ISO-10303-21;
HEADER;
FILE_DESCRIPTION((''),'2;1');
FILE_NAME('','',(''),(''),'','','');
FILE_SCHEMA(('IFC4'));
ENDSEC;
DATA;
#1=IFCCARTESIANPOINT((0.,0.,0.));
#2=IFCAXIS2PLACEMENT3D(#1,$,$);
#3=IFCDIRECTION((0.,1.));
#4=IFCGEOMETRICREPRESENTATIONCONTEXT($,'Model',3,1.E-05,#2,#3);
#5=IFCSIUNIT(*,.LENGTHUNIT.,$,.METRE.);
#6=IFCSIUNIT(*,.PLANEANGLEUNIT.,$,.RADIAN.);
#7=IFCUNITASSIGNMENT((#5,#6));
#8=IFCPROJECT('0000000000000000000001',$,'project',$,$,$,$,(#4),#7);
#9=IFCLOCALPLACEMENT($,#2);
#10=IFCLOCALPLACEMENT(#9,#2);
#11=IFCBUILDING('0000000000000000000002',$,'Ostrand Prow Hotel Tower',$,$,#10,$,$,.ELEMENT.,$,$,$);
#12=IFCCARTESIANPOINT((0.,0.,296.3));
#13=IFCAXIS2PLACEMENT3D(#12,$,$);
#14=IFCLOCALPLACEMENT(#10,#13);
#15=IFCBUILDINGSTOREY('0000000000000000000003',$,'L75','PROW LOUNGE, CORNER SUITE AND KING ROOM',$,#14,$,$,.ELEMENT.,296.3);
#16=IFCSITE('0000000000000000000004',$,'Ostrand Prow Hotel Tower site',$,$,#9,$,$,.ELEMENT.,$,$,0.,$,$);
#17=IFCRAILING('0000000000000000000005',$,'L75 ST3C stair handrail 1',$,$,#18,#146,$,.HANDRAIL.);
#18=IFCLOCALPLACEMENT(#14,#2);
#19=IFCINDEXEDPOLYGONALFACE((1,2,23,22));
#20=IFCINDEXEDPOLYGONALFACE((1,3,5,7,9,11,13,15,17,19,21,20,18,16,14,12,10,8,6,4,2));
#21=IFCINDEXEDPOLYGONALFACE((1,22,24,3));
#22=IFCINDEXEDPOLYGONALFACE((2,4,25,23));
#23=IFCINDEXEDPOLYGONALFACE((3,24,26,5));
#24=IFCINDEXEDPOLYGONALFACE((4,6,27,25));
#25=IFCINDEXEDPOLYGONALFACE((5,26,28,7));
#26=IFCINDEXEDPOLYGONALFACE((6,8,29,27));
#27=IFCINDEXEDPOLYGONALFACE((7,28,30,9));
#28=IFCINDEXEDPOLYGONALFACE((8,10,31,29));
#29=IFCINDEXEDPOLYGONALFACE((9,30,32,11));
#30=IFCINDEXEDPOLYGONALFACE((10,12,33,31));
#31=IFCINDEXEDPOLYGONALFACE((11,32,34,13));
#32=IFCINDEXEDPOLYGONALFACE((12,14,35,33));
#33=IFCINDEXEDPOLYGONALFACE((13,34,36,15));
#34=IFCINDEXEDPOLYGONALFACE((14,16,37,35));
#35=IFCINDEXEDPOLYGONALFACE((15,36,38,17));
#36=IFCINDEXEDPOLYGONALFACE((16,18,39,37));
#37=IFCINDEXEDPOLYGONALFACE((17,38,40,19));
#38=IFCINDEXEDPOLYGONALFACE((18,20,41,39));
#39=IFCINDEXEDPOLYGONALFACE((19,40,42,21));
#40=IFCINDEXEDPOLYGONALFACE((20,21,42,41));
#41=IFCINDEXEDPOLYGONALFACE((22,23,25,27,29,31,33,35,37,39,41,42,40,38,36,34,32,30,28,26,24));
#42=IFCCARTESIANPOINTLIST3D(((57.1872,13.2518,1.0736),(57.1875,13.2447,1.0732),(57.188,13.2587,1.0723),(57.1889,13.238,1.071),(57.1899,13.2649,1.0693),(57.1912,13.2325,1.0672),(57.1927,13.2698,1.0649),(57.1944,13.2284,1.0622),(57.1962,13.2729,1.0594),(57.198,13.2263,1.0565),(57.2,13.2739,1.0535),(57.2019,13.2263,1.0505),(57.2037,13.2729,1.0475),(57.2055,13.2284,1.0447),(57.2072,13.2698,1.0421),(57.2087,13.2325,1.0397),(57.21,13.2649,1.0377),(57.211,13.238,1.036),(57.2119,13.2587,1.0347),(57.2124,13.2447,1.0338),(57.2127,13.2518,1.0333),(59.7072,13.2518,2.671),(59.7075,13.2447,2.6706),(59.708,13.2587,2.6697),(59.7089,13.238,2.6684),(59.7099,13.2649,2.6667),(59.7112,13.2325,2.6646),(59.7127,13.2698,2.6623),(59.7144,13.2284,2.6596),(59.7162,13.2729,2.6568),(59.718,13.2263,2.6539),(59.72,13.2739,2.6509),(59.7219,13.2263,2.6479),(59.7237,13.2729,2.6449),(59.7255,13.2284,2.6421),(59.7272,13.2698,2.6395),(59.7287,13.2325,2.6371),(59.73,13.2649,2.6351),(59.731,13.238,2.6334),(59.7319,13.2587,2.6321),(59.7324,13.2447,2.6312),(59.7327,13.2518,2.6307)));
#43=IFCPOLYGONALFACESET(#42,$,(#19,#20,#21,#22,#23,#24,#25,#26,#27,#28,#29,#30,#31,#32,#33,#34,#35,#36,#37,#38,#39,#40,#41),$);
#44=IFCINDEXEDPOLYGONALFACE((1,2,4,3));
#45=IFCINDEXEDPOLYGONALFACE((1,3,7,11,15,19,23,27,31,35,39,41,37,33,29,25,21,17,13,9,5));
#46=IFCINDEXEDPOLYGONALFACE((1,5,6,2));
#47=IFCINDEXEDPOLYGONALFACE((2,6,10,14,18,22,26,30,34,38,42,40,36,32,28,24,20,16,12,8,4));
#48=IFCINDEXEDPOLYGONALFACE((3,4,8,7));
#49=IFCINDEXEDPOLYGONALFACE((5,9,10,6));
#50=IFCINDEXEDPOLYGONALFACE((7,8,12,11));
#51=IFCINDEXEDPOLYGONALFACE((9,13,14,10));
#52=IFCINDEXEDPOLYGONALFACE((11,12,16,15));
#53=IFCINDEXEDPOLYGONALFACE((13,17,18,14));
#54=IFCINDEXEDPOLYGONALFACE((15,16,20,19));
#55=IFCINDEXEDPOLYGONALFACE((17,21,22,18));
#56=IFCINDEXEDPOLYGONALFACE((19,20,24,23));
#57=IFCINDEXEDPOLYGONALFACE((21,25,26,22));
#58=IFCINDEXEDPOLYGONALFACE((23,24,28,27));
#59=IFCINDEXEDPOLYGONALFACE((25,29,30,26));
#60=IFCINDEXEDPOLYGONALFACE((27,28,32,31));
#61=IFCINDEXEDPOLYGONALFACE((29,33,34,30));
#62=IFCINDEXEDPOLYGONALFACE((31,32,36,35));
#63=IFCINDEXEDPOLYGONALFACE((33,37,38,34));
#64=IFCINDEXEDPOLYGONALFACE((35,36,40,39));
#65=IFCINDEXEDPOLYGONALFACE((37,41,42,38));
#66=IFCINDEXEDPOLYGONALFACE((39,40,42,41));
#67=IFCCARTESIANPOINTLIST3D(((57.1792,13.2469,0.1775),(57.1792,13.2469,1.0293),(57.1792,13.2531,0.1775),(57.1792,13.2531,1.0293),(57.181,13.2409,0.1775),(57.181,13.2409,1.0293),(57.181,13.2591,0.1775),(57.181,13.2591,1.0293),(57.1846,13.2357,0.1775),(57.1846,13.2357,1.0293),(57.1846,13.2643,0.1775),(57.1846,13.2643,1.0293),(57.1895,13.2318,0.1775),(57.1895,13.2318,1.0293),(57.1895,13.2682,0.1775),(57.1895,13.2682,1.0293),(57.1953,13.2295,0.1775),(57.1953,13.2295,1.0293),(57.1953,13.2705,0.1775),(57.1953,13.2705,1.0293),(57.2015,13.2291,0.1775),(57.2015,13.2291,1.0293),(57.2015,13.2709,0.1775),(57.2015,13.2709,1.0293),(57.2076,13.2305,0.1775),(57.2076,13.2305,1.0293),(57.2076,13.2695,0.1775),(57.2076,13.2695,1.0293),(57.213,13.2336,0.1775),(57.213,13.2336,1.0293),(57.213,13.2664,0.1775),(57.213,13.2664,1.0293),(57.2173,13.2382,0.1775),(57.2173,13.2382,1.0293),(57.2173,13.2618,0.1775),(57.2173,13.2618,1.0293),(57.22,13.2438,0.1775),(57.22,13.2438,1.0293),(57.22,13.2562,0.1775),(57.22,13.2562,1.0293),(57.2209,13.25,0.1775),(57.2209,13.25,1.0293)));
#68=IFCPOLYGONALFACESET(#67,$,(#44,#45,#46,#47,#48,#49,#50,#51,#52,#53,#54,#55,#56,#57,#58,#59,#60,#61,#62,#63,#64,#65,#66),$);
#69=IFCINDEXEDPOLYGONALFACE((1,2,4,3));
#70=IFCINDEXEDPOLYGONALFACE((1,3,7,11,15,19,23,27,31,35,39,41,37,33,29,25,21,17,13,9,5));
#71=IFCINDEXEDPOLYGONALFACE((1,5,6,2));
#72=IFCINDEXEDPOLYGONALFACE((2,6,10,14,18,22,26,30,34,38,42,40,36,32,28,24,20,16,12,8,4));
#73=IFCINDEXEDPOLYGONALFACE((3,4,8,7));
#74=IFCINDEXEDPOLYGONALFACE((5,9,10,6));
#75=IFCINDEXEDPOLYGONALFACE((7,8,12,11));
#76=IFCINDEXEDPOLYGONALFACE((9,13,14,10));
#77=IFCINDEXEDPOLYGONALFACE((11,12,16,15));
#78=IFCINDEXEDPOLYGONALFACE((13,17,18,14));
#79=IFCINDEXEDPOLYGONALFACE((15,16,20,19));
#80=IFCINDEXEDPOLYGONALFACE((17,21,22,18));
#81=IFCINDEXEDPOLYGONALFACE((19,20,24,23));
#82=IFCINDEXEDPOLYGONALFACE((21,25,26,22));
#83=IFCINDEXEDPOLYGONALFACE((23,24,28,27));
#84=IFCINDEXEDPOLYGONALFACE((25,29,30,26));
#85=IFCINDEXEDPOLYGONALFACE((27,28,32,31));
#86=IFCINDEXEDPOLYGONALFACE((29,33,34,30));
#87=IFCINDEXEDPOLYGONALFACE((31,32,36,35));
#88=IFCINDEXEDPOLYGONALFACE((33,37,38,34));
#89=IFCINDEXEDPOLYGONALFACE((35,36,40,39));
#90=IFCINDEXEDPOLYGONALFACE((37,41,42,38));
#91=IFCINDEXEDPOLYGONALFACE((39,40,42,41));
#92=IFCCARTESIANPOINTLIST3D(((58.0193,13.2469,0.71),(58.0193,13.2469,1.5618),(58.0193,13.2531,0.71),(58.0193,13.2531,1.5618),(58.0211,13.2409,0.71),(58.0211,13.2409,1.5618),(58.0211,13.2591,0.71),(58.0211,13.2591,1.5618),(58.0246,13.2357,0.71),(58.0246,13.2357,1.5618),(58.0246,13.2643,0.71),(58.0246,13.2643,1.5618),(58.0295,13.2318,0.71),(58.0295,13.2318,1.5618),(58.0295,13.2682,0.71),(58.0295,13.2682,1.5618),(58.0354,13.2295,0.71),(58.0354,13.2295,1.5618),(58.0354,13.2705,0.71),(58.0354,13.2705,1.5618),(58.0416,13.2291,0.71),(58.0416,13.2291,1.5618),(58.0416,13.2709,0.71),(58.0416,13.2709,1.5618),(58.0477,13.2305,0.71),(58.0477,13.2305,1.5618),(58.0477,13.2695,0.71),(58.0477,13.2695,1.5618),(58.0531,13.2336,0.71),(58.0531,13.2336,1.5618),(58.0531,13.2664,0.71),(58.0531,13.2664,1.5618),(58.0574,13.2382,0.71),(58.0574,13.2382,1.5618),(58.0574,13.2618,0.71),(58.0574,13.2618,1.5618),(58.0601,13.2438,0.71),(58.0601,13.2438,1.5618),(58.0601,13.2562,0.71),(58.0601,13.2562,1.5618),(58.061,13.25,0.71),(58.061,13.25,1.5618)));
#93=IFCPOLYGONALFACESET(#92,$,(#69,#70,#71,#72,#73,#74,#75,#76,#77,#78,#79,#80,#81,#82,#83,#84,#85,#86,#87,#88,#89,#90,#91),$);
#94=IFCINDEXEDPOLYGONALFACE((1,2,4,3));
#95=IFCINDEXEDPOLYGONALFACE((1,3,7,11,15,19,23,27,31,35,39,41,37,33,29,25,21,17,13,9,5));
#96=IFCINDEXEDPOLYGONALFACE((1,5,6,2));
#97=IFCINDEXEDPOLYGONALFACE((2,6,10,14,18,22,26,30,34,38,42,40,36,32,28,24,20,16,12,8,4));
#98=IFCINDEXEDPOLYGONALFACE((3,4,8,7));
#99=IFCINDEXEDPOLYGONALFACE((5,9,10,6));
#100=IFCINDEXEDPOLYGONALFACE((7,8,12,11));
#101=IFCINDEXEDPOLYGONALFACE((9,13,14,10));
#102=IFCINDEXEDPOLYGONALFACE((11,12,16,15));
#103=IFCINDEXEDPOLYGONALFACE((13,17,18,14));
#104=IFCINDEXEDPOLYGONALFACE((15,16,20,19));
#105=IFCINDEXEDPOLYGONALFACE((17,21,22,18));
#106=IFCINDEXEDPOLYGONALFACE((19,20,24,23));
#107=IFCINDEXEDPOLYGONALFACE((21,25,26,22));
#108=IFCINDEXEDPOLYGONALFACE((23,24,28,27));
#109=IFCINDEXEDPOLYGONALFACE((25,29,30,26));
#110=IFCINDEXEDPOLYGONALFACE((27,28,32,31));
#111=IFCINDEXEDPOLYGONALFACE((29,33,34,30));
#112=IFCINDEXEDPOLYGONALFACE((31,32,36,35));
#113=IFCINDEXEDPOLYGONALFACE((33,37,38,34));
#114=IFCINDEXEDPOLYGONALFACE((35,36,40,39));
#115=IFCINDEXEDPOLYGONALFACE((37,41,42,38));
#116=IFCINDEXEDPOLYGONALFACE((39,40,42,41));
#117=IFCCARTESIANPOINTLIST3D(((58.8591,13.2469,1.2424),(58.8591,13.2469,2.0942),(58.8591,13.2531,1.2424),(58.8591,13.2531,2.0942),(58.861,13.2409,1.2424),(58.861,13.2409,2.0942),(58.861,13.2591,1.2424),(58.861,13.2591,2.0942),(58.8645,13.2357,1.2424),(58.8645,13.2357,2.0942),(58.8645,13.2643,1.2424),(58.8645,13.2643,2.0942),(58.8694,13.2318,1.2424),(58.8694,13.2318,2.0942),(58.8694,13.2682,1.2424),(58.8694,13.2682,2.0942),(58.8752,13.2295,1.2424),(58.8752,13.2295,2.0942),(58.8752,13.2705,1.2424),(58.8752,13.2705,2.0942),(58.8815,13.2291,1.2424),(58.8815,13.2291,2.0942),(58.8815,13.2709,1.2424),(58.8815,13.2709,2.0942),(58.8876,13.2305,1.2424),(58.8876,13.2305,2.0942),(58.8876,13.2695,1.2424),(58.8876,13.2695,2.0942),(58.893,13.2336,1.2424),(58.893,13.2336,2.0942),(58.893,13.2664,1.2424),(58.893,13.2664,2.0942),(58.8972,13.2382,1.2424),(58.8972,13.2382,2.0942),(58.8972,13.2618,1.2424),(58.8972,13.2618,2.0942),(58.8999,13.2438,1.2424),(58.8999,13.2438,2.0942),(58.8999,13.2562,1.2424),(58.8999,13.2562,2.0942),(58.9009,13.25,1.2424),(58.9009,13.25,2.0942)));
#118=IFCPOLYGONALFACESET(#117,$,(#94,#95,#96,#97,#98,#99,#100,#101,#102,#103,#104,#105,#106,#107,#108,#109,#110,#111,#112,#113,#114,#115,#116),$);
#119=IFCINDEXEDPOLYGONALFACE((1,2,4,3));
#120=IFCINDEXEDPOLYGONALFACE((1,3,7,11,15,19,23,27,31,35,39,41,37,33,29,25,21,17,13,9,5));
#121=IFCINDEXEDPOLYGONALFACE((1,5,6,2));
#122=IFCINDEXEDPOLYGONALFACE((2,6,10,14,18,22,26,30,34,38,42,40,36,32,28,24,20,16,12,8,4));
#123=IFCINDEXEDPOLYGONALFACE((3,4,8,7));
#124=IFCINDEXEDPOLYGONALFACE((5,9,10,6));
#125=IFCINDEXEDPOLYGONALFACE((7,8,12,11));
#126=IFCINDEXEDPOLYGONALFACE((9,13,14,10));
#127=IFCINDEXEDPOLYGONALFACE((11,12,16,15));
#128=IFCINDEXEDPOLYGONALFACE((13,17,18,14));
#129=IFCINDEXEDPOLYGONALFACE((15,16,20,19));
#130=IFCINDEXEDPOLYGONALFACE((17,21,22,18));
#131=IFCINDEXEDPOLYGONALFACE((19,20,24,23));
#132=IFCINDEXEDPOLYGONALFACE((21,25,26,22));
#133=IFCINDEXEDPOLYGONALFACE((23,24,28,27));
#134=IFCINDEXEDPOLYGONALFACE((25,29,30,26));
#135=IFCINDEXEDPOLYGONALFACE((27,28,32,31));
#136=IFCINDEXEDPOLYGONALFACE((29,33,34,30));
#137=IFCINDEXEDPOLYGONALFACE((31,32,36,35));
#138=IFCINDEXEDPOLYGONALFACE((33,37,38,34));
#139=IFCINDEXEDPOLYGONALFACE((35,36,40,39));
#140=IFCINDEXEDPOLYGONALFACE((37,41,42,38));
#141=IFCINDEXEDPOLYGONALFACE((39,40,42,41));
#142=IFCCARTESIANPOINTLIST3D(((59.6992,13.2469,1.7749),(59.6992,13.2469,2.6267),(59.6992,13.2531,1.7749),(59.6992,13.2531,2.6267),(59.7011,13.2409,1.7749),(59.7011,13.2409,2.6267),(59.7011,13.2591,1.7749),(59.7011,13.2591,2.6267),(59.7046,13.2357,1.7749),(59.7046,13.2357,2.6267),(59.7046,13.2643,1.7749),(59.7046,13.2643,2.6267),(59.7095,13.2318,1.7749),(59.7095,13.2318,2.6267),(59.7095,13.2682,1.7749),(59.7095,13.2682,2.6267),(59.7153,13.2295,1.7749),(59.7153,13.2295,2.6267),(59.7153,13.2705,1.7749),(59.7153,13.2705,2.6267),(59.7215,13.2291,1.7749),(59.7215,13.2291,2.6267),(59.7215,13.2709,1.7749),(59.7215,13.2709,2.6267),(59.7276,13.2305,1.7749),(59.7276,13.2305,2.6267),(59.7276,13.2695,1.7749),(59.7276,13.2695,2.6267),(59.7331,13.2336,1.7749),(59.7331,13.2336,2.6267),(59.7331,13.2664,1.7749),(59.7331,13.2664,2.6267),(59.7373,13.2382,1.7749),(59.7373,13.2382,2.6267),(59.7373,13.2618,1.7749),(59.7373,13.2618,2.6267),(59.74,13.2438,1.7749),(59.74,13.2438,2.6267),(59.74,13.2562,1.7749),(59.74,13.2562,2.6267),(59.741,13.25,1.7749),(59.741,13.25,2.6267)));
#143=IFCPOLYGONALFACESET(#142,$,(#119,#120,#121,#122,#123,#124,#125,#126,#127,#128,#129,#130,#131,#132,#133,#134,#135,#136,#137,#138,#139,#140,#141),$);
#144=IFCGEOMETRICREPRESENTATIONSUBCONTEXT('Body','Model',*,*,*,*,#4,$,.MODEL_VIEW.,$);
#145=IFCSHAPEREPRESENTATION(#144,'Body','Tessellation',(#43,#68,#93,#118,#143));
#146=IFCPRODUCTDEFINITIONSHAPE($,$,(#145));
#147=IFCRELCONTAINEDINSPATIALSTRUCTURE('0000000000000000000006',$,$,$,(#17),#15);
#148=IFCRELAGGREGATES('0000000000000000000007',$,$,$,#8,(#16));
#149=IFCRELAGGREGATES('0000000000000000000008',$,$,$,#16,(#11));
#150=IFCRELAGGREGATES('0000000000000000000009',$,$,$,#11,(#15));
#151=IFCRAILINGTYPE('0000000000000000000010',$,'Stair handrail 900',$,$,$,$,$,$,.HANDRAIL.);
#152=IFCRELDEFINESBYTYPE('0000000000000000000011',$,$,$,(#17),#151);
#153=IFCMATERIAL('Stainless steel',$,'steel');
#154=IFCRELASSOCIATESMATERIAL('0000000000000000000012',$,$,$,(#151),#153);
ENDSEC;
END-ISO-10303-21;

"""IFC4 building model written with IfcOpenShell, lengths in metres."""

from ifc_helpers import new_model, si_unit, direction, frame, origin, origin_2d, place, context, subcontext, project, spatial, circle, extrude, material, type_object, element, save


model = new_model("IFC4")

# Units and contexts
model_context = context("Model", 3, precision=1e-05, world=origin(), true_north=direction((0.0, 1.0)))
body_context = subcontext(model_context, "Body", "Model", "MODEL_VIEW")
ifc_project = project(units=[si_unit("LENGTHUNIT", "METRE"), si_unit("PLANEANGLEUNIT", "RADIAN")], contexts=[model_context])

# Site, building, storey
site_placement = place(None, origin())
site = spatial("IfcSite", under=ifc_project, at=site_placement, Name="Ostrand Prow Hotel Tower site", CompositionType="ELEMENT", RefElevation=0.0)
building_placement = place(site_placement, origin())
building = spatial("IfcBuilding", under=site, at=building_placement, Name="Ostrand Prow Hotel Tower", CompositionType="ELEMENT")
storey_placement = place(building_placement, frame((0.0, 0.0, 296.3)))
storey = spatial("IfcBuildingStorey", under=building, at=storey_placement, Name="L75", Description="PROW LOUNGE, CORNER SUITE AND KING ROOM", CompositionType="ELEMENT", Elevation=296.3)

# Railing
ifc_material_1 = material(Name="Stainless steel", Category="steel")
railing_type_1 = type_object("IfcRailingType", Name="Stair handrail 900", PredefinedType="HANDRAIL", material=ifc_material_1)
railing_1_placement = place(storey_placement, frame((57.2, 13.25, 0.1775)))
element("IfcRailing", 1, at=railing_1_placement, inside=storey, type_object=railing_type_1, Name="L75 ST3C stair handrail 1", PredefinedType="HANDRAIL", context=body_context, shape_type="SweptSolid", body=[
    extrude(circle(Radius=0.0239, at=origin_2d()), frame((0.0, 0.0, 0.876), z_axis=(0.844607, 0.0, 0.535387), x_axis=(0.0, 1.0, 0.0)), (0.0, 0.0, 1.0), 2.9836),
    extrude(circle(Radius=0.021, at=origin_2d()), origin(), (0.0, 0.0, 1.0), 0.8518),
    extrude(circle(Radius=0.021, at=origin_2d()), frame((0.8401, 0.0, 0.5325)), (0.0, 0.0, 1.0), 0.8518),
    extrude(circle(Radius=0.021, at=origin_2d()), frame((1.6799, 0.0, 1.0649)), (0.0, 0.0, 1.0), 0.8518),
    extrude(circle(Radius=0.021, at=origin_2d()), frame((2.52, 0.0, 1.5974)), (0.0, 0.0, 1.0), 0.8518),
])

save(model, "model.ifc")
